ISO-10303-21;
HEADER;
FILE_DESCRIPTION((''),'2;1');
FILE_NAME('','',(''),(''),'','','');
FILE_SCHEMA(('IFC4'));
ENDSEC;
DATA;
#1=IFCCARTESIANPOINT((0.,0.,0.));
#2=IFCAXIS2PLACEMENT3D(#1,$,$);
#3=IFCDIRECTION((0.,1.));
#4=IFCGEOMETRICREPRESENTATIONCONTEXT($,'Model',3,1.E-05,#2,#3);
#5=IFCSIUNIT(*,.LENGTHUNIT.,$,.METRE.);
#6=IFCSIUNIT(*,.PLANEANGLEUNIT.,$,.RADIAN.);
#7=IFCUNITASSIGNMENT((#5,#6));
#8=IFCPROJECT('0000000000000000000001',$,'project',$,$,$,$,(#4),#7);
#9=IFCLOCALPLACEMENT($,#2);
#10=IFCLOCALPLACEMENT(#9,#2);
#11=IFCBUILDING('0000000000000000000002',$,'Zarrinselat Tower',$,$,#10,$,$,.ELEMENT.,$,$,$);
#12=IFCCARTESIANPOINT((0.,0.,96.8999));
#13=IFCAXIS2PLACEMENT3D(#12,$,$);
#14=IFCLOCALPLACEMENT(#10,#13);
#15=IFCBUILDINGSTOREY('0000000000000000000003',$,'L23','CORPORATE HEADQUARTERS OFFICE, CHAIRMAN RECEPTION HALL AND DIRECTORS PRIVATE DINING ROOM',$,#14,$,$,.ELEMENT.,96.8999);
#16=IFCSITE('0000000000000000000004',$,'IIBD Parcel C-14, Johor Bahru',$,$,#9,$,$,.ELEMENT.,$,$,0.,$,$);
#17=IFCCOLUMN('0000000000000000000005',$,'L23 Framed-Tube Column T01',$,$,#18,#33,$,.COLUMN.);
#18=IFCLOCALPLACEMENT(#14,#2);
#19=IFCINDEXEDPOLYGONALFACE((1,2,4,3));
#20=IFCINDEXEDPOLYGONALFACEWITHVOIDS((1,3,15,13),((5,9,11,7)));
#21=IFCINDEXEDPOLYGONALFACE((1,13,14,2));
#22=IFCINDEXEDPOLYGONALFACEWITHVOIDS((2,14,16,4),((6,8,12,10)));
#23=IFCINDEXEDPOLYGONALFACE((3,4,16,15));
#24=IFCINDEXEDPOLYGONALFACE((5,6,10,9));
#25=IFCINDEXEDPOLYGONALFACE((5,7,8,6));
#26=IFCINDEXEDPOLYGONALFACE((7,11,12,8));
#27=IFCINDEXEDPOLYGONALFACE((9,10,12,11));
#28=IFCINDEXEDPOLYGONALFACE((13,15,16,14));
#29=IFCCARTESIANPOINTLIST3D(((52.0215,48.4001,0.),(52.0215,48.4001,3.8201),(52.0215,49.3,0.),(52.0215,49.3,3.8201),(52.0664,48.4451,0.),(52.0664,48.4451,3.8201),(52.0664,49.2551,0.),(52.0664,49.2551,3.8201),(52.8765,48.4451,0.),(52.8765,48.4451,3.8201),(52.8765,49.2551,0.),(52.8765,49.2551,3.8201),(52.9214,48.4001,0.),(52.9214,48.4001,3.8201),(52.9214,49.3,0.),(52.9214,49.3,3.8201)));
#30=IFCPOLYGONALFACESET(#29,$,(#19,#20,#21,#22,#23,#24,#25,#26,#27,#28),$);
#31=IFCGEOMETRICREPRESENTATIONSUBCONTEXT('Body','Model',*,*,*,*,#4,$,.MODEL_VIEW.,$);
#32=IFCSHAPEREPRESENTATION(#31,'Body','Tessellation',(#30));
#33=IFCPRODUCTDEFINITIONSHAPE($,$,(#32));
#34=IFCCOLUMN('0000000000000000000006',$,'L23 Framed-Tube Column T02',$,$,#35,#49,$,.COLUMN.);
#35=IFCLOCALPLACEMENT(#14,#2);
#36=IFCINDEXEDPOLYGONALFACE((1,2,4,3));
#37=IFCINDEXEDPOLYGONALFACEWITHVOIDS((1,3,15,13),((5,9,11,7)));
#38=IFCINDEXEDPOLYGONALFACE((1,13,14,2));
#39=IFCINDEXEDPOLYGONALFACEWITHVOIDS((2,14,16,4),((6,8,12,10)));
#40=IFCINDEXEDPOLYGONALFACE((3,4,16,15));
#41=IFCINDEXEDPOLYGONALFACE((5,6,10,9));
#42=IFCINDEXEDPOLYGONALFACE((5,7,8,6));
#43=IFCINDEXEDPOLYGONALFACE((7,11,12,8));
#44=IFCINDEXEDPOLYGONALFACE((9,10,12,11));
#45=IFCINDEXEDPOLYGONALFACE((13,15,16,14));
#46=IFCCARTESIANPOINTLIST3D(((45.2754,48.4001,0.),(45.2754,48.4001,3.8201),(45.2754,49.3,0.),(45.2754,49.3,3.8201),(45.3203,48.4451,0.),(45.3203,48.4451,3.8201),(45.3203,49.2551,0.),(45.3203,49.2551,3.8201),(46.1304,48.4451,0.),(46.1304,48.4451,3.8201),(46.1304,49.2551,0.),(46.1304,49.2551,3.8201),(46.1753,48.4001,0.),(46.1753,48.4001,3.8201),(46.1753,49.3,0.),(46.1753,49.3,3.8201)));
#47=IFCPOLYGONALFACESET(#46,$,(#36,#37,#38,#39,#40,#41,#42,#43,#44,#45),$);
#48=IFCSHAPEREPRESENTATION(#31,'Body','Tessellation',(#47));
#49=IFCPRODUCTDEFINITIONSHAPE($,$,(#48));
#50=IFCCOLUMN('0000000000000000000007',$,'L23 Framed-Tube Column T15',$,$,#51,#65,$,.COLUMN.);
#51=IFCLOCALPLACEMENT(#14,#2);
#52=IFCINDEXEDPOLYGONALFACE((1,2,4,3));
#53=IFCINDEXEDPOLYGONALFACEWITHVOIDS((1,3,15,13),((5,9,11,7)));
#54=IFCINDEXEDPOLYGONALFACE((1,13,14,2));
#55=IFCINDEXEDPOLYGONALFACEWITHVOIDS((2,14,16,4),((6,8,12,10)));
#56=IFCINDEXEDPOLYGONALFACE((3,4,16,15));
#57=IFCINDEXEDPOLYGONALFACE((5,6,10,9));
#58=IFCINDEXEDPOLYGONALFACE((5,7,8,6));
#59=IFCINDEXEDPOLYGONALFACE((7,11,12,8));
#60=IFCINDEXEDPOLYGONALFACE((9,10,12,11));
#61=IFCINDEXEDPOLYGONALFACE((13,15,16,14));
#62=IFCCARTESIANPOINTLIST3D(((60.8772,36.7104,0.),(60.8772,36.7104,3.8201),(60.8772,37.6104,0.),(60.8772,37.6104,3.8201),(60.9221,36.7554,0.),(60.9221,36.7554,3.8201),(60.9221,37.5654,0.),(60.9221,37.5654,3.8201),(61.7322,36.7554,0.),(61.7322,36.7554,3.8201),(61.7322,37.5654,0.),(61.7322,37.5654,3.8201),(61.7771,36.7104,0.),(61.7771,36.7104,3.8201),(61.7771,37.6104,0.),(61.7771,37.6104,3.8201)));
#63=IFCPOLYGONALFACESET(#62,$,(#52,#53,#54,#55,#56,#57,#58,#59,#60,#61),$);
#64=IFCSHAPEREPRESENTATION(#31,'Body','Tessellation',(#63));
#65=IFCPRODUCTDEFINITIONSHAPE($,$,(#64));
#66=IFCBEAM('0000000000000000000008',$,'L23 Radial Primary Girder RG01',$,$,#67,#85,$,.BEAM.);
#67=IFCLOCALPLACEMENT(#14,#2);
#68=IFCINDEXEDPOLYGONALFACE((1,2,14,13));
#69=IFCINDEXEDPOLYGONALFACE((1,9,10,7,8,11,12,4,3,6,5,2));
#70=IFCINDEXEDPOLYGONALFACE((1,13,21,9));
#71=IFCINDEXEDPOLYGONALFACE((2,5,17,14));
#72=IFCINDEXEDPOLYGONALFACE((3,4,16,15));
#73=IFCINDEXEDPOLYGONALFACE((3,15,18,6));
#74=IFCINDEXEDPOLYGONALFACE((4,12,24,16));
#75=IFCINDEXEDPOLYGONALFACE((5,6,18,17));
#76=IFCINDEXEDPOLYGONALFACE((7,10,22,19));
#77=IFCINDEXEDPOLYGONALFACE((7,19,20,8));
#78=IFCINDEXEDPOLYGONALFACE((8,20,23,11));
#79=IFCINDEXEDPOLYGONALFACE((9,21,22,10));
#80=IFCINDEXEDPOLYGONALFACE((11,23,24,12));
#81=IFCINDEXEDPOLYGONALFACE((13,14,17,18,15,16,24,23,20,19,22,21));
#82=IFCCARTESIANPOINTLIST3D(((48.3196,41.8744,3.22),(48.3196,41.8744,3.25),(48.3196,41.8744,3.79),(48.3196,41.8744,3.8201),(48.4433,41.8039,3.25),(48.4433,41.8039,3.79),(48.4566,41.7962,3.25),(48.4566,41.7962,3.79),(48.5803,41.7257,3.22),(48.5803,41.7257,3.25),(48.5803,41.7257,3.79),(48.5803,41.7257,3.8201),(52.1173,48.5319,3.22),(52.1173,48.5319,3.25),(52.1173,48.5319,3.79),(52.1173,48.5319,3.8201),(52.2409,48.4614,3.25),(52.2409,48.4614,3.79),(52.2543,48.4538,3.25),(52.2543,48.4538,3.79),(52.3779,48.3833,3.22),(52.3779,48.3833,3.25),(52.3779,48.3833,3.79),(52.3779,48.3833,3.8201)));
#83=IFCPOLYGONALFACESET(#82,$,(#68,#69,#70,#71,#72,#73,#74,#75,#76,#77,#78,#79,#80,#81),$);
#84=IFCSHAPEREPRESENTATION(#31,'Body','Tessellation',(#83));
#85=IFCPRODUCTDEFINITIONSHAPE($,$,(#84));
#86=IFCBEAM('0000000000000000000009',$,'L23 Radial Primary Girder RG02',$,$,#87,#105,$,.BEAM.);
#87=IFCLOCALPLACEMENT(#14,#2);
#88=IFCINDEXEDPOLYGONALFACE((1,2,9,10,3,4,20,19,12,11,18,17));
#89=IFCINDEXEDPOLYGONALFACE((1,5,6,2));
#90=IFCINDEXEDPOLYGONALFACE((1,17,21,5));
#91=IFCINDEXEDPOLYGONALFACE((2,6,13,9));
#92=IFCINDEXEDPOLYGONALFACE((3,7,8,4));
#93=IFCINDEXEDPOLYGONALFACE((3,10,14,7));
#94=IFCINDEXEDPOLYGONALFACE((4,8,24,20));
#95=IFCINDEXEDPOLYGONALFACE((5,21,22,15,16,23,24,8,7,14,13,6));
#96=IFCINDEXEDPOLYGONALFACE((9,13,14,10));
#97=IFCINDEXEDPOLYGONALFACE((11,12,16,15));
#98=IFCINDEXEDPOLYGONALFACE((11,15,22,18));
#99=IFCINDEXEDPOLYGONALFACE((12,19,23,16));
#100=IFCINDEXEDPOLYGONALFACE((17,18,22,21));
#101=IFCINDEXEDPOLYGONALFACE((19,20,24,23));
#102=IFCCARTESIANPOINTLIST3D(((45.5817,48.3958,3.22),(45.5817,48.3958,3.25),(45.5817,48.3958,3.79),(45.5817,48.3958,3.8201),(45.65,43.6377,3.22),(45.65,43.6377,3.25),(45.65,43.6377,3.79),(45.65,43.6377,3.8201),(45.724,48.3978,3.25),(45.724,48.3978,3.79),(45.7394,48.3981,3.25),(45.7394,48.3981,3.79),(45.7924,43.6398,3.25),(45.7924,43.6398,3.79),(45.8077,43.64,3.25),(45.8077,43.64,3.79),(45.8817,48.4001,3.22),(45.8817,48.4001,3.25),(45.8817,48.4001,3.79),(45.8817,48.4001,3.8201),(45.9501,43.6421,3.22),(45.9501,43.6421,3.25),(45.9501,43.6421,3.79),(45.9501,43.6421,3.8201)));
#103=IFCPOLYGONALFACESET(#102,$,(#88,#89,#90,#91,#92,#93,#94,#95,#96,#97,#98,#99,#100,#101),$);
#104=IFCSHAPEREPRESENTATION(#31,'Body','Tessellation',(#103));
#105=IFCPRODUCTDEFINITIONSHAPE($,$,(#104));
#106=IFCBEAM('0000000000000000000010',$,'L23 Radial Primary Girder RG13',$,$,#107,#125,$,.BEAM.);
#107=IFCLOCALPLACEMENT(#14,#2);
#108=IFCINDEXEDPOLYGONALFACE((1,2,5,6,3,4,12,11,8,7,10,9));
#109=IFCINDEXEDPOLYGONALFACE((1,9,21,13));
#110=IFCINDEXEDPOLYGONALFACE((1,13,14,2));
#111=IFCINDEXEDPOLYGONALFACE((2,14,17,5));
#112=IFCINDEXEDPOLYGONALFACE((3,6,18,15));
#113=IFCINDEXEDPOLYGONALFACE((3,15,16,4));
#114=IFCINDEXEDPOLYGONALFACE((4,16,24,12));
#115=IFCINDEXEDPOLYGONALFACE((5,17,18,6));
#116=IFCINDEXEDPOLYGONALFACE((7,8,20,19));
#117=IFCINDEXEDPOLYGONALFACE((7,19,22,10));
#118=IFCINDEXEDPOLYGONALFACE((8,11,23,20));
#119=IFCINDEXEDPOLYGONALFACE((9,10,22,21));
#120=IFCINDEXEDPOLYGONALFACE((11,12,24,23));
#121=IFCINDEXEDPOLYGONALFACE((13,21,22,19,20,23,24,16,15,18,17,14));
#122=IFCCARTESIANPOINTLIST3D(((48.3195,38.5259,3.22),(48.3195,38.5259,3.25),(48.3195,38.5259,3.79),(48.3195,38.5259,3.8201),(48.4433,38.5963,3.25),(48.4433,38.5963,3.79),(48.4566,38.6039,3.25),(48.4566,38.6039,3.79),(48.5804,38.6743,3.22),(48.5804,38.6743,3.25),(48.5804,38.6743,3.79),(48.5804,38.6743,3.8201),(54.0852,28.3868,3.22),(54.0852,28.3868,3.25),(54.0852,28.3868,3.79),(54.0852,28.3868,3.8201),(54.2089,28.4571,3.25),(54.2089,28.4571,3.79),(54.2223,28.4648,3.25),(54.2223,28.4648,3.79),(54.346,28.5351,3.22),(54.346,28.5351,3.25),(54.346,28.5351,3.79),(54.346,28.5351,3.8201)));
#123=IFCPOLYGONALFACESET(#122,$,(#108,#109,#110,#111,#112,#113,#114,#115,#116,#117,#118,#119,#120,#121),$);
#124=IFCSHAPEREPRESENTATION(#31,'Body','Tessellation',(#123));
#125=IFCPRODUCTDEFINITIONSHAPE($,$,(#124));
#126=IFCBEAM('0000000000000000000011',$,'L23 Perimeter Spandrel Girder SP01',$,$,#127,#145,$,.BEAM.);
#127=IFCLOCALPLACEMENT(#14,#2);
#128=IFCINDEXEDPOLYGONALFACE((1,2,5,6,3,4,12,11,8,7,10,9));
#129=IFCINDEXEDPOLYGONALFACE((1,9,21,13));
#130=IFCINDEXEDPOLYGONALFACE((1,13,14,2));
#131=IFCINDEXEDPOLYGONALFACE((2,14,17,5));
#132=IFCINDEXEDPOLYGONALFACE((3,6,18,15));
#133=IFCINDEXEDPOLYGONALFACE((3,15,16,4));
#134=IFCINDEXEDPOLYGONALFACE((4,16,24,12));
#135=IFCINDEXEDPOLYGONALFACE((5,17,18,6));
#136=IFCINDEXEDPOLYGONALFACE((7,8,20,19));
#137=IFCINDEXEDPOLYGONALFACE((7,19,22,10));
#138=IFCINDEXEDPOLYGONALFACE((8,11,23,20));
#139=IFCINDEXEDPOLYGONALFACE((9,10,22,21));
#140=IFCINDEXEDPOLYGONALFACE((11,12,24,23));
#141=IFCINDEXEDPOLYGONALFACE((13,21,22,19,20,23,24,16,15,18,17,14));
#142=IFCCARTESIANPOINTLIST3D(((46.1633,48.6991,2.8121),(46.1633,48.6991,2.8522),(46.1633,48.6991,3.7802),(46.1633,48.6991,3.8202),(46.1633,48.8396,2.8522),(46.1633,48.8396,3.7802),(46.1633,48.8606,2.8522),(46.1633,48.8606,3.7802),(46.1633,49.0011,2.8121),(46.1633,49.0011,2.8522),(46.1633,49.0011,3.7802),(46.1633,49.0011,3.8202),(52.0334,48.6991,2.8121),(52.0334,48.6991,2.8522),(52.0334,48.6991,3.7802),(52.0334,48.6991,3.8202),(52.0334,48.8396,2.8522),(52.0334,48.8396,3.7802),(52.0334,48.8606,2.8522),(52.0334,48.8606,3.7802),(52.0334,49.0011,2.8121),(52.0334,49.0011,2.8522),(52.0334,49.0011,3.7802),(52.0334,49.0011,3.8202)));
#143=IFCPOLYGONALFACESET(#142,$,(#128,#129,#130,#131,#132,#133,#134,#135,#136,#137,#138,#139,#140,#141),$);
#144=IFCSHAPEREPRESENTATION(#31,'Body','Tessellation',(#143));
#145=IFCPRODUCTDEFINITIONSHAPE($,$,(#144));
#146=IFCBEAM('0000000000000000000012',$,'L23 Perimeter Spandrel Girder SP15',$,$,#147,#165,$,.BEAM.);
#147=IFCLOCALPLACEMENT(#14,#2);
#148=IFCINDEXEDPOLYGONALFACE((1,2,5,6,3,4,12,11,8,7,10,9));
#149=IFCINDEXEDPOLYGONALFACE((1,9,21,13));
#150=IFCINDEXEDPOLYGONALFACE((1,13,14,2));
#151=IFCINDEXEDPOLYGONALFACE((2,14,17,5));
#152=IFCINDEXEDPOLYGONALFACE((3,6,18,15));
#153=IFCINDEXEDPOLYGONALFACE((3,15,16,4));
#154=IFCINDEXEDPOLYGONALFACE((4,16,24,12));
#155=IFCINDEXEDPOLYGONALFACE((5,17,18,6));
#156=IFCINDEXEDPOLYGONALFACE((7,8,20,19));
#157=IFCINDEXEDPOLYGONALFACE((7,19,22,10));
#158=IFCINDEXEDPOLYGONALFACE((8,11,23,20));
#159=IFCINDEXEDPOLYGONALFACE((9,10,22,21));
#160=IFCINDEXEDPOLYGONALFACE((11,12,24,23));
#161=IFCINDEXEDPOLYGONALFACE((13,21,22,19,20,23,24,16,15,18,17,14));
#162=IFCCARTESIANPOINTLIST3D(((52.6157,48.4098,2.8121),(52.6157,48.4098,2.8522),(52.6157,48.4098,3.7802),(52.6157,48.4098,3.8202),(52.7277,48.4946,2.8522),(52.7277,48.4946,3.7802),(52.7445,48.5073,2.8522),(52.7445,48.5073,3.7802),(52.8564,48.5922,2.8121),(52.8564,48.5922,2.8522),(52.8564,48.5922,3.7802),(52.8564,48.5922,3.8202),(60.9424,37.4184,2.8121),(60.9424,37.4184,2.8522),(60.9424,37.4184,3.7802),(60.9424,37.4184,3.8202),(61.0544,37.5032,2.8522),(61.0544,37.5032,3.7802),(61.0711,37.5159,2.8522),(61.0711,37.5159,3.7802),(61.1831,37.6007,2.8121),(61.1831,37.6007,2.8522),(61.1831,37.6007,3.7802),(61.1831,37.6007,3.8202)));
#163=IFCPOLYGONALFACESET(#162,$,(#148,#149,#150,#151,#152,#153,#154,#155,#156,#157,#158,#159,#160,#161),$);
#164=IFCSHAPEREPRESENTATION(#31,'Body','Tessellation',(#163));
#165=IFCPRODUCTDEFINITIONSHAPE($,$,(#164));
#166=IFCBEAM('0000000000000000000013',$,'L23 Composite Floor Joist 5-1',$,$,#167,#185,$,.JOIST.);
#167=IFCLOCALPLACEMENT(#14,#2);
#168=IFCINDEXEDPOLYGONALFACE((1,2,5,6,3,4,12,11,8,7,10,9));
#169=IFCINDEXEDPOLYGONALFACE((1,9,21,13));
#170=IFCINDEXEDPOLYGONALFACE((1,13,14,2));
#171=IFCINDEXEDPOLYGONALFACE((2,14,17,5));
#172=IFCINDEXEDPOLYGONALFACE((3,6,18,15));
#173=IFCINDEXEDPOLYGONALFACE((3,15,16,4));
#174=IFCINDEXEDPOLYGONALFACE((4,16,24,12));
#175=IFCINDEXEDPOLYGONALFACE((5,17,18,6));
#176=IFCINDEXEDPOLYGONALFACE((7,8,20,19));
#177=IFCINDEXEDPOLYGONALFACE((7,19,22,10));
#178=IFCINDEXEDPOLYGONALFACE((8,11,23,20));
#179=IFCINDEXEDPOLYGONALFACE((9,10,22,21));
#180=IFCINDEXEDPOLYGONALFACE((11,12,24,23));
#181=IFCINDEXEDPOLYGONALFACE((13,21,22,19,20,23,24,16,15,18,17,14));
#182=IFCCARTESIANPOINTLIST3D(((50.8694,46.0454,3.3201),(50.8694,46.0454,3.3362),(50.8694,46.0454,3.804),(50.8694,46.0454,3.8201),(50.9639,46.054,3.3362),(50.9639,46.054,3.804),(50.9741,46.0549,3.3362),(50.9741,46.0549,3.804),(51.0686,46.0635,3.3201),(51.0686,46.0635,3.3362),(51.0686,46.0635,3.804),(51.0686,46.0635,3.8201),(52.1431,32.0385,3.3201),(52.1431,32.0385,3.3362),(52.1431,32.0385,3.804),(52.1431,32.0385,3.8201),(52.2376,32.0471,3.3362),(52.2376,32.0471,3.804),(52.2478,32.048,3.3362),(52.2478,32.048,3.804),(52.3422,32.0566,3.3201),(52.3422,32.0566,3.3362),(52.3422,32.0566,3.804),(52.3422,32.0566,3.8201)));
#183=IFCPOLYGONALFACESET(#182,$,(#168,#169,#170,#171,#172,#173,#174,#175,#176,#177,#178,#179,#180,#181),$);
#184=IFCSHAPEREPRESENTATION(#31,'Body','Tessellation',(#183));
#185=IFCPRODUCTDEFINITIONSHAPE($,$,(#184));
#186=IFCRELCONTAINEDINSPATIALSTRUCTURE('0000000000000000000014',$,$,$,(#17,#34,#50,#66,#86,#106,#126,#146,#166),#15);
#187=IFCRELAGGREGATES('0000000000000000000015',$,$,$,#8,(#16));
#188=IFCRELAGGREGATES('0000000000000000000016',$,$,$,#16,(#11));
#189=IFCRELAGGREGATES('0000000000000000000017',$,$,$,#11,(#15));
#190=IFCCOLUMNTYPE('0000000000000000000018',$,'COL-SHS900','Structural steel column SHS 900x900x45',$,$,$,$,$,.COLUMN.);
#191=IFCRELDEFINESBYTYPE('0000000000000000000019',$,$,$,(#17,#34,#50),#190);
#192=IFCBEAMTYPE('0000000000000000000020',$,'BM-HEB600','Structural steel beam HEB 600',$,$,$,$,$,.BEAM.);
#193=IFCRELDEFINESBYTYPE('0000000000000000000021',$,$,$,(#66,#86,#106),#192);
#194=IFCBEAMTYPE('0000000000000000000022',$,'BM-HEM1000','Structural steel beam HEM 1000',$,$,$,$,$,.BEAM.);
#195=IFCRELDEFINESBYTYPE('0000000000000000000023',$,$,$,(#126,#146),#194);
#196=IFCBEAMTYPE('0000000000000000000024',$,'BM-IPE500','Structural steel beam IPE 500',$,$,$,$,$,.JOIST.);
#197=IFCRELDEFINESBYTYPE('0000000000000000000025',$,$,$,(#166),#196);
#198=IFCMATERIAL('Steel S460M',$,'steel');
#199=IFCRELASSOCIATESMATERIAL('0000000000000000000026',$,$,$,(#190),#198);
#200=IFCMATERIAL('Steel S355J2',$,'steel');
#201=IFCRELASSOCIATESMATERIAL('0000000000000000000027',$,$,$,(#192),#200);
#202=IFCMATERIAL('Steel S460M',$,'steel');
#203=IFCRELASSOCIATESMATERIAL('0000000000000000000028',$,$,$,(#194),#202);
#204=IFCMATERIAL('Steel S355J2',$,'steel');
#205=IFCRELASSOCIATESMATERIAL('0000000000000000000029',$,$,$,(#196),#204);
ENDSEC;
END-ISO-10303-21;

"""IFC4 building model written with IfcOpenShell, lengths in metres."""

from ifc_helpers import new_model, si_unit, direction, frame, origin, origin_2d, place, context, subcontext, project, spatial, hollow_rectangle, i_section, extrude, material, material_profile, profile_set, type_object, element, save


model = new_model("IFC4")

# Units and contexts
model_context = context("Model", 3, precision=1e-05, world=origin(), true_north=direction((0.0, 1.0)))
body_context = subcontext(model_context, "Body", "Model", "MODEL_VIEW")
ifc_project = project(units=[si_unit("LENGTHUNIT", "METRE"), si_unit("PLANEANGLEUNIT", "RADIAN")], contexts=[model_context])

# Site, building, storey
site_placement = place(None, origin())
site = spatial("IfcSite", under=ifc_project, at=site_placement, Name="IIBD Parcel C-14, Johor Bahru", CompositionType="ELEMENT", RefElevation=0.0)
building_placement = place(site_placement, origin())
building = spatial("IfcBuilding", under=site, at=building_placement, Name="Zarrinselat Tower", CompositionType="ELEMENT")
storey_placement = place(building_placement, frame((0.0, 0.0, 96.8999)))
storey = spatial("IfcBuildingStorey", under=building, at=storey_placement, Name="L23", Description="CORPORATE HEADQUARTERS OFFICE, CHAIRMAN RECEPTION HALL AND DIRECTORS PRIVATE DINING ROOM", CompositionType="ELEMENT", Elevation=96.8999)

# Columns
ifc_material_1 = material(Name="Steel S460M", Category="steel")
ifc_material_profile_1 = material_profile(ifc_material_1, hollow_rectangle(XDim=0.8999, YDim=0.8999, WallThickness=0.0449, at=origin_2d()), Name="SHS 900x900x45")
ifc_profile_set_1 = profile_set([ifc_material_profile_1], Name="Steel S460M")
column_type = type_object("IfcColumnType", Name="COL-SHS900", Description="Structural steel column SHS 900x900x45", PredefinedType="COLUMN", material=ifc_profile_set_1)
for number, where, z_axis, x_axis, name in (
    (1, (52.4714, 48.8501, 0.0), (0.0, 0.0, 1.0), (1.0, 0.0, 0.0), "L23 Framed-Tube Column T01"),
    (2, (45.7253, 48.8501, 0.0), (0.0, 0.0, 1.0), (1.0, 0.0, 0.0), "L23 Framed-Tube Column T02"),
    (3, (61.3271, 37.1604, 0.0), (0.0, 0.0, 1.0), (1.0, 0.0, 0.0), "L23 Framed-Tube Column T15"),
):
    element("IfcColumn", number, at=place(storey_placement, frame(where, z_axis=z_axis, x_axis=x_axis)), inside=storey, type_object=column_type, Name=name, PredefinedType="COLUMN", context=body_context, shape_type="SweptSolid", body=[
        extrude(hollow_rectangle(XDim=0.8999, YDim=0.8999, WallThickness=0.0449, at=origin_2d()), origin(), (0.0, 0.0, 1.0), 3.8201),
    ])

# Beams
ifc_material_2 = material(Name="Steel S355J2", Category="steel")
ifc_material_profile_2 = material_profile(ifc_material_2, i_section(OverallWidth=0.3, OverallDepth=0.6001, WebThickness=0.0154, FlangeThickness=0.03, at=origin_2d()), Name="HEB 600")
ifc_profile_set_2 = profile_set([ifc_material_profile_2], Name="Steel S355J2")
beam_type_1 = type_object("IfcBeamType", Name="BM-HEB600", Description="Structural steel beam HEB 600", PredefinedType="BEAM", material=ifc_profile_set_2)
beam_1_placement = place(storey_placement, frame((48.45, 41.8, 3.52), z_axis=(0.495484, 0.868617, 0.0), x_axis=(-0.868617, 0.495484, 0.0)))
element("IfcBeam", 4, at=beam_1_placement, inside=storey, type_object=beam_type_1, Name="L23 Radial Primary Girder RG01", PredefinedType="BEAM", context=body_context, shape_type="SweptSolid", body=[
    extrude(i_section(OverallWidth=0.3, OverallDepth=0.6001, WebThickness=0.0154, FlangeThickness=0.03, at=origin_2d()), origin(), (0.0, 0.0, 1.0), 7.6646),
])
beam_2_placement = place(storey_placement, frame((45.7317, 48.3979, 3.52), z_axis=(0.014366, -0.999897, 0.0), x_axis=(0.999897, 0.014366, 0.0)))
element("IfcBeam", 5, at=beam_2_placement, inside=storey, type_object=beam_type_1, Name="L23 Radial Primary Girder RG02", PredefinedType="BEAM", context=body_context, shape_type="SweptSolid", body=[
    extrude(i_section(OverallWidth=0.3, OverallDepth=0.6001, WebThickness=0.0154, FlangeThickness=0.03, at=origin_2d()), origin(), (0.0, 0.0, 1.0), 4.7585),
])
beam_3_placement = place(storey_placement, frame((48.45, 38.6001, 3.52), z_axis=(0.494316, -0.869282, 0.0), x_axis=(0.869282, 0.494316, 0.0)))
element("IfcBeam", 6, at=beam_3_placement, inside=storey, type_object=beam_type_1, Name="L23 Radial Primary Girder RG13", PredefinedType="BEAM", context=body_context, shape_type="SweptSolid", body=[
    extrude(i_section(OverallWidth=0.3, OverallDepth=0.6001, WebThickness=0.0154, FlangeThickness=0.03, at=origin_2d()), origin(), (0.0, 0.0, 1.0), 11.6638),
])
ifc_material_3 = material(Name="Steel S460M", Category="steel")
ifc_material_profile_3 = material_profile(ifc_material_3, i_section(OverallWidth=0.302, OverallDepth=1.0081, WebThickness=0.021, FlangeThickness=0.04, at=origin_2d()), Name="HEM 1000")
ifc_profile_set_3 = profile_set([ifc_material_profile_3], Name="Steel S460M")
beam_type_2 = type_object("IfcBeamType", Name="BM-HEM1000", Description="Structural steel beam HEM 1000", PredefinedType="BEAM", material=ifc_profile_set_3)
beam_4_placement = place(storey_placement, frame((46.1633, 48.8501, 3.3162), z_axis=(1.0, 0.0, 0.0), x_axis=(0.0, 1.0, 0.0)))
element("IfcBeam", 7, at=beam_4_placement, inside=storey, type_object=beam_type_2, Name="L23 Perimeter Spandrel Girder SP01", PredefinedType="BEAM", context=body_context, shape_type="SweptSolid", body=[
    extrude(i_section(OverallWidth=0.302, OverallDepth=1.0081, WebThickness=0.021, FlangeThickness=0.04, at=origin_2d()), origin(), (0.0, 0.0, 1.0), 5.8701),
])
beam_5_placement = place(storey_placement, frame((52.7361, 48.501, 3.3162), z_axis=(0.603848, -0.797099, 0.0), x_axis=(0.797099, 0.603848, 0.0)))
element("IfcBeam", 8, at=beam_5_placement, inside=storey, type_object=beam_type_2, Name="L23 Perimeter Spandrel Girder SP15", PredefinedType="BEAM", context=body_context, shape_type="SweptSolid", body=[
    extrude(i_section(OverallWidth=0.302, OverallDepth=1.0081, WebThickness=0.021, FlangeThickness=0.04, at=origin_2d()), origin(), (0.0, 0.0, 1.0), 13.7893),
])
ifc_material_4 = material(Name="Steel S355J2", Category="steel")
ifc_material_profile_4 = material_profile(ifc_material_4, i_section(OverallWidth=0.2, OverallDepth=0.5, WebThickness=0.0103, FlangeThickness=0.0161, at=origin_2d()), Name="IPE 500")
ifc_profile_set_4 = profile_set([ifc_material_profile_4], Name="Steel S355J2")
beam_type_3 = type_object("IfcBeamType", Name="BM-IPE500", Description="Structural steel beam IPE 500", PredefinedType="JOIST", material=ifc_profile_set_4)
beam_6_placement = place(storey_placement, frame((50.969, 46.0544, 3.5701), z_axis=(0.090559, -0.995891, 0.0), x_axis=(0.995891, 0.090559, 0.0)))
element("IfcBeam", 9, at=beam_6_placement, inside=storey, type_object=beam_type_3, Name="L23 Composite Floor Joist 5-1", PredefinedType="JOIST", context=body_context, shape_type="SweptSolid", body=[
    extrude(i_section(OverallWidth=0.2, OverallDepth=0.5, WebThickness=0.0103, FlangeThickness=0.0161, at=origin_2d()), origin(), (0.0, 0.0, 1.0), 14.0647),
])

save(model, "model.ifc")
